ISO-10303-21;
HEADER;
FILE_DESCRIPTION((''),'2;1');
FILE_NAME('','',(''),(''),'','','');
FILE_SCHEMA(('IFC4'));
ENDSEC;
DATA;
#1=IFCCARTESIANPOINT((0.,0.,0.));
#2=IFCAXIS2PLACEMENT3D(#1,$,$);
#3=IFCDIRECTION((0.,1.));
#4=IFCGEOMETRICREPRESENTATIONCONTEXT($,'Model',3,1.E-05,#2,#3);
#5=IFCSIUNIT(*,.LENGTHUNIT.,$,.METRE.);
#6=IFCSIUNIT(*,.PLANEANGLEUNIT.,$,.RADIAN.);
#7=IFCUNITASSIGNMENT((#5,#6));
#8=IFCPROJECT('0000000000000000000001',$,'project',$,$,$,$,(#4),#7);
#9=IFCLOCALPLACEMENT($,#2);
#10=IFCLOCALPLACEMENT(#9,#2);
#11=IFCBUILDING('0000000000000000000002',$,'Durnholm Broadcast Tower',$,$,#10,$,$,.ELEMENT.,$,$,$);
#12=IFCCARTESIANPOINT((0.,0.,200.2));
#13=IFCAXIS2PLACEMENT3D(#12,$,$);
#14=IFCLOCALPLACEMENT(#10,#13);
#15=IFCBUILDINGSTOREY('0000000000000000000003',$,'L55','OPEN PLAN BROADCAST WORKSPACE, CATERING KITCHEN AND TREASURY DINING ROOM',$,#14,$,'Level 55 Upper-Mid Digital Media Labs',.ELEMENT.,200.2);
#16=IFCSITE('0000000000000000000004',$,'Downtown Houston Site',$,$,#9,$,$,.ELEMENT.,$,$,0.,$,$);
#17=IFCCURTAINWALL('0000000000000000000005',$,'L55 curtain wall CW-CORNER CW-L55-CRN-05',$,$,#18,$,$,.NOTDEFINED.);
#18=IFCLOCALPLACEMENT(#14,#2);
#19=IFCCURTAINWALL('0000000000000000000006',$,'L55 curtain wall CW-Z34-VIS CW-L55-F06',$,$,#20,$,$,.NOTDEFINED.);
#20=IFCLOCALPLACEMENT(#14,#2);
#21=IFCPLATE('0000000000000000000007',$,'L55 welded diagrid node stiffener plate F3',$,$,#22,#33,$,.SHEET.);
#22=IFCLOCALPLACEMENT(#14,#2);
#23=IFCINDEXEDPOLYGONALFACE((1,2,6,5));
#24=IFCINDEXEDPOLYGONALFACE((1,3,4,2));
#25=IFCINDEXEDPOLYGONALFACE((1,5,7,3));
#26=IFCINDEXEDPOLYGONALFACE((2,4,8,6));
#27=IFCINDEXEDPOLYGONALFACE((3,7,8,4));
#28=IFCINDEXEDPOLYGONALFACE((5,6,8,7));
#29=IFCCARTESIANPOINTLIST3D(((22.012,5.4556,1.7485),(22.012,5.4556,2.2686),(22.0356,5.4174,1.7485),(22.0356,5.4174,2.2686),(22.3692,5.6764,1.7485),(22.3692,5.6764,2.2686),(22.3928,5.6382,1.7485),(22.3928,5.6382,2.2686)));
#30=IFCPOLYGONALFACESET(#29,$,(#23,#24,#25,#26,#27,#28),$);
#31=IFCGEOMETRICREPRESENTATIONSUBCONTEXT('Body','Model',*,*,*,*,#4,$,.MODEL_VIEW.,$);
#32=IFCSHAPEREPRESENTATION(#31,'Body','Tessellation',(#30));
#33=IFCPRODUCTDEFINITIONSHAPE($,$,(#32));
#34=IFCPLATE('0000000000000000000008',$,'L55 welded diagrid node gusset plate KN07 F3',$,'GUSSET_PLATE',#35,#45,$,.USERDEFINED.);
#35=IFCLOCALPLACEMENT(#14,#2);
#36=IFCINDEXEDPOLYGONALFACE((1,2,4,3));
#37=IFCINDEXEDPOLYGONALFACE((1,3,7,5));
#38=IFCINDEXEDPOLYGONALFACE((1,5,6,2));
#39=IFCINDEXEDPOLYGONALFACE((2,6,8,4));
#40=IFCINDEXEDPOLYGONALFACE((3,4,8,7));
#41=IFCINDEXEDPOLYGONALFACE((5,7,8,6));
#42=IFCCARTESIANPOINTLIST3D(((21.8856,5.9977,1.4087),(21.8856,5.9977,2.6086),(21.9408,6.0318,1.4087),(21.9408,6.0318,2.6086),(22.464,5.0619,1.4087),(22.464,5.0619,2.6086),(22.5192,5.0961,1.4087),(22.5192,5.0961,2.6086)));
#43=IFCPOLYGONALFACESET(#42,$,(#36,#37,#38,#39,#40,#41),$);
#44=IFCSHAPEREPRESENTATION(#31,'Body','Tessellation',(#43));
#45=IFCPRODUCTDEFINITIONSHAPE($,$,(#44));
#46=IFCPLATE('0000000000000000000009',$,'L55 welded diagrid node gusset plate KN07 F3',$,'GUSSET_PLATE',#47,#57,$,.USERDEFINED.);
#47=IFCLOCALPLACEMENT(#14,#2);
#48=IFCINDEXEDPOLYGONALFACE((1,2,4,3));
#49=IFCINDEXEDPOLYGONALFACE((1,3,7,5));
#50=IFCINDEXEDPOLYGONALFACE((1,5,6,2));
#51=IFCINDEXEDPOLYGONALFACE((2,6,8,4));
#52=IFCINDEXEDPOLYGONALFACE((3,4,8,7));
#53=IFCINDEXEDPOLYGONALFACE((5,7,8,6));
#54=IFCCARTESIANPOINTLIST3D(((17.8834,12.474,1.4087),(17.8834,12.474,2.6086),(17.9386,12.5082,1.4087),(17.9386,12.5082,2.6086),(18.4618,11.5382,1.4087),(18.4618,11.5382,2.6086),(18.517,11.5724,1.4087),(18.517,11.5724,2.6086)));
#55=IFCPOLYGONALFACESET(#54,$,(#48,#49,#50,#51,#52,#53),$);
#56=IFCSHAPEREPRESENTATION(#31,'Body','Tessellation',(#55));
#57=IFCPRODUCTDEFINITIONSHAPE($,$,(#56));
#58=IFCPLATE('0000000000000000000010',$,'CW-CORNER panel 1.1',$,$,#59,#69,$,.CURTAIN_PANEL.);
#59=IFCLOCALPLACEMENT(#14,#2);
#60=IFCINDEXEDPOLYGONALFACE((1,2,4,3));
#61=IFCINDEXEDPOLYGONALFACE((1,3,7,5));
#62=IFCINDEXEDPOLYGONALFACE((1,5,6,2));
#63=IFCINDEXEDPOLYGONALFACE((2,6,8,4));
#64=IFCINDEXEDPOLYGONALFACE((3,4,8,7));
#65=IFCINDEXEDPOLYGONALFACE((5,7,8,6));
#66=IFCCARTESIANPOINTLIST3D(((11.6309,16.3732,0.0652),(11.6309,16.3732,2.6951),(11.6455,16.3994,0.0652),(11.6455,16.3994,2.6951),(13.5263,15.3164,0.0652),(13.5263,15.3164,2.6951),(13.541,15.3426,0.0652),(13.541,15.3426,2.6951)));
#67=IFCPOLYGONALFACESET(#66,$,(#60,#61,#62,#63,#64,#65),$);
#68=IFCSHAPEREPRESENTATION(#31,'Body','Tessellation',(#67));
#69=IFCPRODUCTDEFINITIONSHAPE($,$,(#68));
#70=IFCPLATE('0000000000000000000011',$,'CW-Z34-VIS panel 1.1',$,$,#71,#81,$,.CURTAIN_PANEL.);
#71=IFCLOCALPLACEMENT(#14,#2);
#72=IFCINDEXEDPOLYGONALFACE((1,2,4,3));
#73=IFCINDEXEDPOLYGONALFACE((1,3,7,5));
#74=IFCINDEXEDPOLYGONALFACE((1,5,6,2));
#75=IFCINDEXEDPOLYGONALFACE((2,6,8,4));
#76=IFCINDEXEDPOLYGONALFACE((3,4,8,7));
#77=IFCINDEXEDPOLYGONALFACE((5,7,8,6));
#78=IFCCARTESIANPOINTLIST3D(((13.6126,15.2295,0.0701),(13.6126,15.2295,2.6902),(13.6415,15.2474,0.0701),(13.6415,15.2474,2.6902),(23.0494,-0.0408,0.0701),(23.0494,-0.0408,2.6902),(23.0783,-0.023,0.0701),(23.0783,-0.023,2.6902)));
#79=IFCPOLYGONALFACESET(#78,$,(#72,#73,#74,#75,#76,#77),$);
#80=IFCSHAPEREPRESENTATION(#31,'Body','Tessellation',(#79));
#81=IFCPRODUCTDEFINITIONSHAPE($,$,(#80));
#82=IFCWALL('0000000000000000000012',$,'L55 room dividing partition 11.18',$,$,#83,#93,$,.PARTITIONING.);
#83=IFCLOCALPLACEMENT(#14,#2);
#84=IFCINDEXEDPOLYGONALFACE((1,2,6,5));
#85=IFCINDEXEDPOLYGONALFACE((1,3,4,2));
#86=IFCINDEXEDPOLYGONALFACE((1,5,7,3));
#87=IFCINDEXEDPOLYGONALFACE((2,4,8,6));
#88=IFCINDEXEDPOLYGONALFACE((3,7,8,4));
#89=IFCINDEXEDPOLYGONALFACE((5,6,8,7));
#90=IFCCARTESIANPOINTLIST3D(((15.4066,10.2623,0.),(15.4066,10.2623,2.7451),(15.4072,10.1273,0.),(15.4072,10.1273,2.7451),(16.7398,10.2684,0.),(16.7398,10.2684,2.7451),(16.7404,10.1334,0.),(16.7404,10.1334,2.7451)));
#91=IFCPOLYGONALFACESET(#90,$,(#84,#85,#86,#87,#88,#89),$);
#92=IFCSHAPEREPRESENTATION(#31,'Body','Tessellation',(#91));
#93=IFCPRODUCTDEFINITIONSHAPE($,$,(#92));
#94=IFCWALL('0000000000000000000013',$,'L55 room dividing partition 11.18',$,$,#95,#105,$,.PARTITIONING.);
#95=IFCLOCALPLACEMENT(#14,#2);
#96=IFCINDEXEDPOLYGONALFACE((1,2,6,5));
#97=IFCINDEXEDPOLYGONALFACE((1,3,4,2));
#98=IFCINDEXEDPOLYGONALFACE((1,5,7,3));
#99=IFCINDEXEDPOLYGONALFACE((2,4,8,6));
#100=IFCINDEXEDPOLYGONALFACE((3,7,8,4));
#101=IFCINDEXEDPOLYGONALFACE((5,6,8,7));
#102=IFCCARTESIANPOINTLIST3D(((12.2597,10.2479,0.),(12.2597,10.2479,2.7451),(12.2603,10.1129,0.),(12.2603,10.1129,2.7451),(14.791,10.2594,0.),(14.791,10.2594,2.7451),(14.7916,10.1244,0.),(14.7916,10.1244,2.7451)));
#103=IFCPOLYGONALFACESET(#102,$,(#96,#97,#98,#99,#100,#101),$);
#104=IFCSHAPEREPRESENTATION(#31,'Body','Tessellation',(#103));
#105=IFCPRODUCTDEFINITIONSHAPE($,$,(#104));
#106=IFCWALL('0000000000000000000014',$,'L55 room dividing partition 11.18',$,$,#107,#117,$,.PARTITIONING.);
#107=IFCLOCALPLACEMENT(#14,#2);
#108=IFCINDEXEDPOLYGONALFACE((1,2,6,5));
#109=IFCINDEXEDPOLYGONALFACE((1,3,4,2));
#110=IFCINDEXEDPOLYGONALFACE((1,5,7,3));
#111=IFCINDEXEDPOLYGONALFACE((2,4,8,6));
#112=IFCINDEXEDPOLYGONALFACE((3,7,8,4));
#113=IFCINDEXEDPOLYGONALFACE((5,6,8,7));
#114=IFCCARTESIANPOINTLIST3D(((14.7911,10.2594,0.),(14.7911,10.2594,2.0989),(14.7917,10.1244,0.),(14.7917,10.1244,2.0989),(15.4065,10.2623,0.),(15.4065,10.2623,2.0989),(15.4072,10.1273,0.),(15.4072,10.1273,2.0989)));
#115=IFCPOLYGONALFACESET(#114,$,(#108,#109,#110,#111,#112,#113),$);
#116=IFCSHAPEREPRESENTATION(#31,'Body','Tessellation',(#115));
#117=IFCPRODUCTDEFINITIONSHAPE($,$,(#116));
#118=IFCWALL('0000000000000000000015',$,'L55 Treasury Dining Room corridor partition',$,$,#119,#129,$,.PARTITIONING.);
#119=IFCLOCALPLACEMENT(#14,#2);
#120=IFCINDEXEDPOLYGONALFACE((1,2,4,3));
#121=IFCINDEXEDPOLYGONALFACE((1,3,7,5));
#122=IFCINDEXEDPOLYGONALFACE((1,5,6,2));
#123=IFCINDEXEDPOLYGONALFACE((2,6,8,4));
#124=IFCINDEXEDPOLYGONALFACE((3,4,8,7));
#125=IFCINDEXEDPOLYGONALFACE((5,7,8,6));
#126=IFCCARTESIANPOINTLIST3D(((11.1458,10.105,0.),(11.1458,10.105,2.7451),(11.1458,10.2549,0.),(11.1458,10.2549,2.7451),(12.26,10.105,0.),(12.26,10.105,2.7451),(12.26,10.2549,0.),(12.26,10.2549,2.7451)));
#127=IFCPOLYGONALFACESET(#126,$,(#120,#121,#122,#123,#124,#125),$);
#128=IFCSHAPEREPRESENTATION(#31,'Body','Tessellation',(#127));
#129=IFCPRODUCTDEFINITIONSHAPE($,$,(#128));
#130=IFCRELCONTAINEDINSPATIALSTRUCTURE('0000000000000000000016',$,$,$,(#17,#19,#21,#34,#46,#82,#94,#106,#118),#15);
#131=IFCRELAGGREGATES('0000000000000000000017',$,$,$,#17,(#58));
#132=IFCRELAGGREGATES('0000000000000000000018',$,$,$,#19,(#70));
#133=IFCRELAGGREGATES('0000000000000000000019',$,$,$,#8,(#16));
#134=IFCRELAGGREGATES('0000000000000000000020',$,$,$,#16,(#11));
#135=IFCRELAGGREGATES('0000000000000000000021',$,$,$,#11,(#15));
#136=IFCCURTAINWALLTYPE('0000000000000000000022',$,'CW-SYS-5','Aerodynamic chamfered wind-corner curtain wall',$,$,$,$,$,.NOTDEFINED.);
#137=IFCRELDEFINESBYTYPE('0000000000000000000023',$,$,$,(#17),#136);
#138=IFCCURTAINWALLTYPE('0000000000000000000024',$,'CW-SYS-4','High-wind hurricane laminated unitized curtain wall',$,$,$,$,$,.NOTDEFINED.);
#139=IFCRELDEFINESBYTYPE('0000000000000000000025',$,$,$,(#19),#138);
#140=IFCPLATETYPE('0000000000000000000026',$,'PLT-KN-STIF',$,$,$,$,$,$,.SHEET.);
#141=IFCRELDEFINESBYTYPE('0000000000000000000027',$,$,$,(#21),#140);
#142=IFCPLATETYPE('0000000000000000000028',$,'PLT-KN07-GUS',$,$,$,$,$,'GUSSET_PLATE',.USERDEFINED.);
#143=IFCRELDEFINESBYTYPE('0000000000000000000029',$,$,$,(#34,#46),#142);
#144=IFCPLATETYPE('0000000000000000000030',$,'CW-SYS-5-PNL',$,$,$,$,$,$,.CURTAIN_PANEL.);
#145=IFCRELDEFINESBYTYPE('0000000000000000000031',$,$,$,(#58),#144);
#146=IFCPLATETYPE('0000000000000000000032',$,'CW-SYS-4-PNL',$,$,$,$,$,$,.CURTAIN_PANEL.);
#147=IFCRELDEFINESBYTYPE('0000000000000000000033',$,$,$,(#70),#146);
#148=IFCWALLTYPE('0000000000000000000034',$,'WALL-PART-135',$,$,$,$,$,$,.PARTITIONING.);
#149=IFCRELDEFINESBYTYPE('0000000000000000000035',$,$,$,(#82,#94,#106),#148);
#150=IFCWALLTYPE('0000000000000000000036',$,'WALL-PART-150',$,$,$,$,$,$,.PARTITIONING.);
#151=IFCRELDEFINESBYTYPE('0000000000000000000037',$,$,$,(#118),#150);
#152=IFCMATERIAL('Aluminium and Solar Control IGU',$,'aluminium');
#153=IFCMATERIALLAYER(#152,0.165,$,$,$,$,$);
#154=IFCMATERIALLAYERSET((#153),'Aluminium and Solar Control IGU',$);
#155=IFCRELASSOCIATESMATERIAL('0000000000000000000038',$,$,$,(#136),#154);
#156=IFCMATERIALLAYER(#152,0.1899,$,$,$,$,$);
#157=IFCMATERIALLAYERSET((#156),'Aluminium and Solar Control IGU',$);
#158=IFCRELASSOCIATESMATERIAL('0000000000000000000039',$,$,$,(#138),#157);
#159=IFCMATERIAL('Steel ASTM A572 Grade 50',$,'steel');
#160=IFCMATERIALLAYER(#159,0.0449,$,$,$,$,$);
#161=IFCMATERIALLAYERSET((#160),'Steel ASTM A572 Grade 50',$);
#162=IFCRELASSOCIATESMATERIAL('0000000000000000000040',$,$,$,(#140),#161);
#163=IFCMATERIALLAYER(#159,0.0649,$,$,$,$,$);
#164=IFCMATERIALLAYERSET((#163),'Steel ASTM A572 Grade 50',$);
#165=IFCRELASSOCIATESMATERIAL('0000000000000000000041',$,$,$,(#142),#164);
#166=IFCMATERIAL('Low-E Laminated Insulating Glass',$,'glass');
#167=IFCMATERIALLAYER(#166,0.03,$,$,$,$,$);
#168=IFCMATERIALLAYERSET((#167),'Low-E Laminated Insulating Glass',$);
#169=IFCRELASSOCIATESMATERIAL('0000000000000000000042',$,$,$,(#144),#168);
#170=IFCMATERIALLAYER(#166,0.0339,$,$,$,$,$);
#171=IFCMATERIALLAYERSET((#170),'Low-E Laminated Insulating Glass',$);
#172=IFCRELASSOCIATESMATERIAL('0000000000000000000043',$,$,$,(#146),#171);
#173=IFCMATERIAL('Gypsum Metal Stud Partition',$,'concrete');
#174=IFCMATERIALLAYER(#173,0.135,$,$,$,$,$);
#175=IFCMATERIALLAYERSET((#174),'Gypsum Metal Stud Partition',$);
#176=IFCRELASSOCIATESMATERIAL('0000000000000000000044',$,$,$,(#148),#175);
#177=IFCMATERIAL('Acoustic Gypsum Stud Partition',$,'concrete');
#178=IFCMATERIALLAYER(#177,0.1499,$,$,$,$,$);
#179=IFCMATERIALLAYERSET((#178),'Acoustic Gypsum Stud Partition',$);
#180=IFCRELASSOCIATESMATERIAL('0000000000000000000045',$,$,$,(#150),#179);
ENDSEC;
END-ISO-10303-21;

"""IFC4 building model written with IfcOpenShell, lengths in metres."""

from ifc_helpers import new_model, si_unit, direction, frame, frame_2d, origin, origin_2d, place, context, subcontext, project, spatial, rectangle, extrude, source, transform, mapped, material, layer, layer_set, type_object, type_shapes, element, aggregate, save


model = new_model("IFC4")

# Units and contexts
model_context = context("Model", 3, precision=1e-05, world=origin(), true_north=direction((0.0, 1.0)))
body_context = subcontext(model_context, "Body", "Model", "MODEL_VIEW")
ifc_project = project(units=[si_unit("LENGTHUNIT", "METRE"), si_unit("PLANEANGLEUNIT", "RADIAN")], contexts=[model_context])

# Site, building, storey
site_placement = place(None, origin())
site = spatial("IfcSite", under=ifc_project, at=site_placement, Name="Downtown Houston Site", CompositionType="ELEMENT", RefElevation=0.0)
building_placement = place(site_placement, origin())
building = spatial("IfcBuilding", under=site, at=building_placement, Name="Durnholm Broadcast Tower", CompositionType="ELEMENT")
storey_placement = place(building_placement, frame((0.0, 0.0, 200.2)))
storey = spatial("IfcBuildingStorey", under=building, at=storey_placement, Name="L55", Description="OPEN PLAN BROADCAST WORKSPACE, CATERING KITCHEN AND TREASURY DINING ROOM", LongName="Level 55 Upper-Mid Digital Media Labs", CompositionType="ELEMENT", Elevation=200.2)

# Curtain walls
ifc_material_1 = material(Name="Aluminium and Solar Control IGU", Category="aluminium")
ifc_layer_1 = layer(ifc_material_1, 0.165)
ifc_layer_set_1 = layer_set([ifc_layer_1], Name="Aluminium and Solar Control IGU")
curtain_wall_type_1 = type_object("IfcCurtainWallType", Name="CW-SYS-5", Description="Aerodynamic chamfered wind-corner curtain wall", PredefinedType="NOTDEFINED", material=ifc_layer_set_1)
curtain_wall_1_placement = place(storey_placement, origin())
curtain_wall_1 = element("IfcCurtainWall", 1, at=curtain_wall_1_placement, inside=storey, type_object=curtain_wall_type_1, Name="L55 curtain wall CW-CORNER CW-L55-CRN-05", PredefinedType="NOTDEFINED")
ifc_layer_2 = layer(ifc_material_1, 0.1899)
ifc_layer_set_2 = layer_set([ifc_layer_2], Name="Aluminium and Solar Control IGU")
curtain_wall_type_2 = type_object("IfcCurtainWallType", Name="CW-SYS-4", Description="High-wind hurricane laminated unitized curtain wall", PredefinedType="NOTDEFINED", material=ifc_layer_set_2)
curtain_wall_2_placement = place(storey_placement, origin())
curtain_wall_2 = element("IfcCurtainWall", 2, at=curtain_wall_2_placement, inside=storey, type_object=curtain_wall_type_2, Name="L55 curtain wall CW-Z34-VIS CW-L55-F06", PredefinedType="NOTDEFINED")

# Plates
ifc_material_2 = material(Name="Steel ASTM A572 Grade 50", Category="steel")
ifc_layer_3 = layer(ifc_material_2, 0.0449)
ifc_layer_set_3 = layer_set([ifc_layer_3], Name="Steel ASTM A572 Grade 50")
plate_type_1 = type_object("IfcPlateType", Name="PLT-KN-STIF", PredefinedType="SHEET", material=ifc_layer_set_3)
shared_shape_1 = source(origin(), body_context, "Body", "SweptSolid", [
    extrude(rectangle(XDim=0.0449, YDim=0.4199, at=origin_2d()), origin(), (0.0, 0.0, 1.0), 0.52),
])
type_shapes(plate_type_1, [shared_shape_1])
plate_1_placement = place(storey_placement, frame((22.2024, 5.5469, 1.7485), z_axis=(0.0, 0.0, 1.0), x_axis=(-0.525769, 0.850628, 0.0)))
element("IfcPlate", 3, at=plate_1_placement, inside=storey, type_object=plate_type_1, Name="L55 welded diagrid node stiffener plate F3", PredefinedType="SHEET", context=body_context, shape_type="MappedRepresentation", body=[
    mapped(shared_shape_1, transform((0.0, 0.0, 0.0), x_axis=(1.0, 0.0, 0.0), y_axis=(0.0, 1.0, 0.0), z_axis=(0.0, 0.0, 1.0), scale=1.0)),
])
ifc_layer_4 = layer(ifc_material_2, 0.0649)
ifc_layer_set_4 = layer_set([ifc_layer_4], Name="Steel ASTM A572 Grade 50")
plate_type_2 = type_object("IfcPlateType", Name="PLT-KN07-GUS", ElementType="GUSSET_PLATE", PredefinedType="USERDEFINED", material=ifc_layer_set_4)
shared_shape_2 = source(origin(), body_context, "Body", "SweptSolid", [
    extrude(rectangle(XDim=1.1001, YDim=0.0649, at=origin_2d()), origin(), (0.0, 0.0, 1.0), 1.2),
])
type_shapes(plate_type_2, [shared_shape_2])
for number, where, z_axis, x_axis, name in (
    (4, (22.2024, 5.5469, 1.4087), (0.0, 0.0, 1.0), (-0.525769, 0.850628, 0.0), "L55 welded diagrid node gusset plate KN07 F3"),
    (5, (18.2002, 12.0232, 1.4087), (0.0, 0.0, 1.0), (-0.525769, 0.850628, 0.0), "L55 welded diagrid node gusset plate KN07 F3"),
):
    element("IfcPlate", number, at=place(storey_placement, frame(where, z_axis=z_axis, x_axis=x_axis)), inside=storey, type_object=plate_type_2, Name=name, ObjectType="GUSSET_PLATE", PredefinedType="USERDEFINED", context=body_context, shape_type="MappedRepresentation", body=[
        mapped(shared_shape_2, transform((0.0, 0.0, 0.0), x_axis=(1.0, 0.0, 0.0), y_axis=(0.0, 1.0, 0.0), z_axis=(0.0, 0.0, 1.0), scale=1.0)),
    ])

# Plates
ifc_material_3 = material(Name="Low-E Laminated Insulating Glass", Category="glass")
ifc_layer_5 = layer(ifc_material_3, 0.03)
ifc_layer_set_5 = layer_set([ifc_layer_5], Name="Low-E Laminated Insulating Glass")
plate_type_3 = type_object("IfcPlateType", Name="CW-SYS-5-PNL", PredefinedType="CURTAIN_PANEL", material=ifc_layer_set_5)
shared_shape_3 = source(origin(), body_context, "Body", "SweptSolid", [
    extrude(rectangle(XDim=2.1702, YDim=0.03, at=origin_2d()), origin(), (0.0, 0.0, 1.0), 2.6299),
])
type_shapes(plate_type_3, [shared_shape_3])
plate_2_placement = place(storey_placement, frame((12.5859, 15.8579, 0.0652), z_axis=(0.0, 0.0, 1.0), x_axis=(0.87341, -0.486986, 0.0)))
plate_2 = element("IfcPlate", 6, at=plate_2_placement, type_object=plate_type_3, Name="CW-CORNER panel 1.1", PredefinedType="CURTAIN_PANEL", context=body_context, shape_type="MappedRepresentation", body=[
    mapped(shared_shape_3, transform((0.0, 0.0, 0.0), x_axis=(1.0, 0.0, 0.0), y_axis=(0.0, 1.0, 0.0), z_axis=(0.0, 0.0, 1.0), scale=1.0)),
])
aggregate(curtain_wall_1, [plate_2])
ifc_layer_6 = layer(ifc_material_3, 0.0339)
ifc_layer_set_6 = layer_set([ifc_layer_6], Name="Low-E Laminated Insulating Glass")
plate_type_4 = type_object("IfcPlateType", Name="CW-SYS-4-PNL", PredefinedType="CURTAIN_PANEL", material=ifc_layer_set_6)
shared_shape_4 = source(origin(), body_context, "Body", "SweptSolid", [
    extrude(rectangle(XDim=17.9509, YDim=0.0339, at=origin_2d()), origin(), (0.0, 0.0, 1.0), 2.6201),
])
type_shapes(plate_type_4, [shared_shape_4])
plate_3_placement = place(storey_placement, frame((18.3455, 7.6033, 0.0701), z_axis=(0.0, 0.0, 1.0), x_axis=(0.525698, -0.850671, 0.0)))
plate_3 = element("IfcPlate", 7, at=plate_3_placement, type_object=plate_type_4, Name="CW-Z34-VIS panel 1.1", PredefinedType="CURTAIN_PANEL", context=body_context, shape_type="MappedRepresentation", body=[
    mapped(shared_shape_4, transform((0.0, 0.0, 0.0), x_axis=(1.0, 0.0, 0.0), y_axis=(0.0, 1.0, 0.0), z_axis=(0.0, 0.0, 1.0), scale=1.0)),
])
aggregate(curtain_wall_2, [plate_3])

# Walls
ifc_material_4 = material(Name="Gypsum Metal Stud Partition", Category="concrete")
ifc_layer_7 = layer(ifc_material_4, 0.135)
ifc_layer_set_7 = layer_set([ifc_layer_7], Name="Gypsum Metal Stud Partition")
wall_type_1 = type_object("IfcWallType", Name="WALL-PART-135", PredefinedType="PARTITIONING", material=ifc_layer_set_7)
wall_1_placement = place(storey_placement, frame((16.74, 10.2009, 0.0), z_axis=(0.0, 0.0, 1.0), x_axis=(-0.99999, -0.004578, 0.0)))
element("IfcWall", 8, at=wall_1_placement, inside=storey, type_object=wall_type_1, Name="L55 room dividing partition 11.18", PredefinedType="PARTITIONING", context=body_context, shape_type="SweptSolid", body=[
    extrude(rectangle(XDim=1.3333, YDim=0.135, at=frame_2d((0.6665, 0.0))), origin(), (0.0, 0.0, 1.0), 2.7451),
])
wall_2_placement = place(storey_placement, frame((14.7913, 10.1919, 0.0), z_axis=(0.0, 0.0, 1.0), x_axis=(-0.99999, -0.004533, 0.0)))
element("IfcWall", 9, at=wall_2_placement, inside=storey, type_object=wall_type_1, Name="L55 room dividing partition 11.18", PredefinedType="PARTITIONING", context=body_context, shape_type="SweptSolid", body=[
    extrude(rectangle(XDim=2.5312, YDim=0.135, at=frame_2d((1.2656, 0.0))), origin(), (0.0, 0.0, 1.0), 2.7451),
])
wall_3_placement = place(storey_placement, frame((15.4067, 10.1948, 0.0), z_axis=(0.0, 0.0, 1.0), x_axis=(-0.999989, -0.00476, 0.0)))
element("IfcWall", 10, at=wall_3_placement, inside=storey, type_object=wall_type_1, Name="L55 room dividing partition 11.18", PredefinedType="PARTITIONING", context=body_context, shape_type="SweptSolid", body=[
    extrude(rectangle(XDim=0.6155, YDim=0.135, at=frame_2d((0.3076, 0.0))), origin(), (0.0, 0.0, 1.0), 2.0989),
])
ifc_material_5 = material(Name="Acoustic Gypsum Stud Partition", Category="concrete")
ifc_layer_8 = layer(ifc_material_5, 0.1499)
ifc_layer_set_8 = layer_set([ifc_layer_8], Name="Acoustic Gypsum Stud Partition")
wall_type_2 = type_object("IfcWallType", Name="WALL-PART-150", PredefinedType="PARTITIONING", material=ifc_layer_set_8)
wall_4_placement = place(storey_placement, frame((12.26, 10.1799, 0.0), z_axis=(0.0, 0.0, 1.0), x_axis=(-1.0, 0.0, 0.0)))
element("IfcWall", 11, at=wall_4_placement, inside=storey, type_object=wall_type_2, Name="L55 Treasury Dining Room corridor partition", PredefinedType="PARTITIONING", context=body_context, shape_type="SweptSolid", body=[
    extrude(rectangle(XDim=1.1143, YDim=0.1499, at=frame_2d((0.5571, 0.0))), origin(), (0.0, 0.0, 1.0), 2.7451),
])

save(model, "model.ifc")
